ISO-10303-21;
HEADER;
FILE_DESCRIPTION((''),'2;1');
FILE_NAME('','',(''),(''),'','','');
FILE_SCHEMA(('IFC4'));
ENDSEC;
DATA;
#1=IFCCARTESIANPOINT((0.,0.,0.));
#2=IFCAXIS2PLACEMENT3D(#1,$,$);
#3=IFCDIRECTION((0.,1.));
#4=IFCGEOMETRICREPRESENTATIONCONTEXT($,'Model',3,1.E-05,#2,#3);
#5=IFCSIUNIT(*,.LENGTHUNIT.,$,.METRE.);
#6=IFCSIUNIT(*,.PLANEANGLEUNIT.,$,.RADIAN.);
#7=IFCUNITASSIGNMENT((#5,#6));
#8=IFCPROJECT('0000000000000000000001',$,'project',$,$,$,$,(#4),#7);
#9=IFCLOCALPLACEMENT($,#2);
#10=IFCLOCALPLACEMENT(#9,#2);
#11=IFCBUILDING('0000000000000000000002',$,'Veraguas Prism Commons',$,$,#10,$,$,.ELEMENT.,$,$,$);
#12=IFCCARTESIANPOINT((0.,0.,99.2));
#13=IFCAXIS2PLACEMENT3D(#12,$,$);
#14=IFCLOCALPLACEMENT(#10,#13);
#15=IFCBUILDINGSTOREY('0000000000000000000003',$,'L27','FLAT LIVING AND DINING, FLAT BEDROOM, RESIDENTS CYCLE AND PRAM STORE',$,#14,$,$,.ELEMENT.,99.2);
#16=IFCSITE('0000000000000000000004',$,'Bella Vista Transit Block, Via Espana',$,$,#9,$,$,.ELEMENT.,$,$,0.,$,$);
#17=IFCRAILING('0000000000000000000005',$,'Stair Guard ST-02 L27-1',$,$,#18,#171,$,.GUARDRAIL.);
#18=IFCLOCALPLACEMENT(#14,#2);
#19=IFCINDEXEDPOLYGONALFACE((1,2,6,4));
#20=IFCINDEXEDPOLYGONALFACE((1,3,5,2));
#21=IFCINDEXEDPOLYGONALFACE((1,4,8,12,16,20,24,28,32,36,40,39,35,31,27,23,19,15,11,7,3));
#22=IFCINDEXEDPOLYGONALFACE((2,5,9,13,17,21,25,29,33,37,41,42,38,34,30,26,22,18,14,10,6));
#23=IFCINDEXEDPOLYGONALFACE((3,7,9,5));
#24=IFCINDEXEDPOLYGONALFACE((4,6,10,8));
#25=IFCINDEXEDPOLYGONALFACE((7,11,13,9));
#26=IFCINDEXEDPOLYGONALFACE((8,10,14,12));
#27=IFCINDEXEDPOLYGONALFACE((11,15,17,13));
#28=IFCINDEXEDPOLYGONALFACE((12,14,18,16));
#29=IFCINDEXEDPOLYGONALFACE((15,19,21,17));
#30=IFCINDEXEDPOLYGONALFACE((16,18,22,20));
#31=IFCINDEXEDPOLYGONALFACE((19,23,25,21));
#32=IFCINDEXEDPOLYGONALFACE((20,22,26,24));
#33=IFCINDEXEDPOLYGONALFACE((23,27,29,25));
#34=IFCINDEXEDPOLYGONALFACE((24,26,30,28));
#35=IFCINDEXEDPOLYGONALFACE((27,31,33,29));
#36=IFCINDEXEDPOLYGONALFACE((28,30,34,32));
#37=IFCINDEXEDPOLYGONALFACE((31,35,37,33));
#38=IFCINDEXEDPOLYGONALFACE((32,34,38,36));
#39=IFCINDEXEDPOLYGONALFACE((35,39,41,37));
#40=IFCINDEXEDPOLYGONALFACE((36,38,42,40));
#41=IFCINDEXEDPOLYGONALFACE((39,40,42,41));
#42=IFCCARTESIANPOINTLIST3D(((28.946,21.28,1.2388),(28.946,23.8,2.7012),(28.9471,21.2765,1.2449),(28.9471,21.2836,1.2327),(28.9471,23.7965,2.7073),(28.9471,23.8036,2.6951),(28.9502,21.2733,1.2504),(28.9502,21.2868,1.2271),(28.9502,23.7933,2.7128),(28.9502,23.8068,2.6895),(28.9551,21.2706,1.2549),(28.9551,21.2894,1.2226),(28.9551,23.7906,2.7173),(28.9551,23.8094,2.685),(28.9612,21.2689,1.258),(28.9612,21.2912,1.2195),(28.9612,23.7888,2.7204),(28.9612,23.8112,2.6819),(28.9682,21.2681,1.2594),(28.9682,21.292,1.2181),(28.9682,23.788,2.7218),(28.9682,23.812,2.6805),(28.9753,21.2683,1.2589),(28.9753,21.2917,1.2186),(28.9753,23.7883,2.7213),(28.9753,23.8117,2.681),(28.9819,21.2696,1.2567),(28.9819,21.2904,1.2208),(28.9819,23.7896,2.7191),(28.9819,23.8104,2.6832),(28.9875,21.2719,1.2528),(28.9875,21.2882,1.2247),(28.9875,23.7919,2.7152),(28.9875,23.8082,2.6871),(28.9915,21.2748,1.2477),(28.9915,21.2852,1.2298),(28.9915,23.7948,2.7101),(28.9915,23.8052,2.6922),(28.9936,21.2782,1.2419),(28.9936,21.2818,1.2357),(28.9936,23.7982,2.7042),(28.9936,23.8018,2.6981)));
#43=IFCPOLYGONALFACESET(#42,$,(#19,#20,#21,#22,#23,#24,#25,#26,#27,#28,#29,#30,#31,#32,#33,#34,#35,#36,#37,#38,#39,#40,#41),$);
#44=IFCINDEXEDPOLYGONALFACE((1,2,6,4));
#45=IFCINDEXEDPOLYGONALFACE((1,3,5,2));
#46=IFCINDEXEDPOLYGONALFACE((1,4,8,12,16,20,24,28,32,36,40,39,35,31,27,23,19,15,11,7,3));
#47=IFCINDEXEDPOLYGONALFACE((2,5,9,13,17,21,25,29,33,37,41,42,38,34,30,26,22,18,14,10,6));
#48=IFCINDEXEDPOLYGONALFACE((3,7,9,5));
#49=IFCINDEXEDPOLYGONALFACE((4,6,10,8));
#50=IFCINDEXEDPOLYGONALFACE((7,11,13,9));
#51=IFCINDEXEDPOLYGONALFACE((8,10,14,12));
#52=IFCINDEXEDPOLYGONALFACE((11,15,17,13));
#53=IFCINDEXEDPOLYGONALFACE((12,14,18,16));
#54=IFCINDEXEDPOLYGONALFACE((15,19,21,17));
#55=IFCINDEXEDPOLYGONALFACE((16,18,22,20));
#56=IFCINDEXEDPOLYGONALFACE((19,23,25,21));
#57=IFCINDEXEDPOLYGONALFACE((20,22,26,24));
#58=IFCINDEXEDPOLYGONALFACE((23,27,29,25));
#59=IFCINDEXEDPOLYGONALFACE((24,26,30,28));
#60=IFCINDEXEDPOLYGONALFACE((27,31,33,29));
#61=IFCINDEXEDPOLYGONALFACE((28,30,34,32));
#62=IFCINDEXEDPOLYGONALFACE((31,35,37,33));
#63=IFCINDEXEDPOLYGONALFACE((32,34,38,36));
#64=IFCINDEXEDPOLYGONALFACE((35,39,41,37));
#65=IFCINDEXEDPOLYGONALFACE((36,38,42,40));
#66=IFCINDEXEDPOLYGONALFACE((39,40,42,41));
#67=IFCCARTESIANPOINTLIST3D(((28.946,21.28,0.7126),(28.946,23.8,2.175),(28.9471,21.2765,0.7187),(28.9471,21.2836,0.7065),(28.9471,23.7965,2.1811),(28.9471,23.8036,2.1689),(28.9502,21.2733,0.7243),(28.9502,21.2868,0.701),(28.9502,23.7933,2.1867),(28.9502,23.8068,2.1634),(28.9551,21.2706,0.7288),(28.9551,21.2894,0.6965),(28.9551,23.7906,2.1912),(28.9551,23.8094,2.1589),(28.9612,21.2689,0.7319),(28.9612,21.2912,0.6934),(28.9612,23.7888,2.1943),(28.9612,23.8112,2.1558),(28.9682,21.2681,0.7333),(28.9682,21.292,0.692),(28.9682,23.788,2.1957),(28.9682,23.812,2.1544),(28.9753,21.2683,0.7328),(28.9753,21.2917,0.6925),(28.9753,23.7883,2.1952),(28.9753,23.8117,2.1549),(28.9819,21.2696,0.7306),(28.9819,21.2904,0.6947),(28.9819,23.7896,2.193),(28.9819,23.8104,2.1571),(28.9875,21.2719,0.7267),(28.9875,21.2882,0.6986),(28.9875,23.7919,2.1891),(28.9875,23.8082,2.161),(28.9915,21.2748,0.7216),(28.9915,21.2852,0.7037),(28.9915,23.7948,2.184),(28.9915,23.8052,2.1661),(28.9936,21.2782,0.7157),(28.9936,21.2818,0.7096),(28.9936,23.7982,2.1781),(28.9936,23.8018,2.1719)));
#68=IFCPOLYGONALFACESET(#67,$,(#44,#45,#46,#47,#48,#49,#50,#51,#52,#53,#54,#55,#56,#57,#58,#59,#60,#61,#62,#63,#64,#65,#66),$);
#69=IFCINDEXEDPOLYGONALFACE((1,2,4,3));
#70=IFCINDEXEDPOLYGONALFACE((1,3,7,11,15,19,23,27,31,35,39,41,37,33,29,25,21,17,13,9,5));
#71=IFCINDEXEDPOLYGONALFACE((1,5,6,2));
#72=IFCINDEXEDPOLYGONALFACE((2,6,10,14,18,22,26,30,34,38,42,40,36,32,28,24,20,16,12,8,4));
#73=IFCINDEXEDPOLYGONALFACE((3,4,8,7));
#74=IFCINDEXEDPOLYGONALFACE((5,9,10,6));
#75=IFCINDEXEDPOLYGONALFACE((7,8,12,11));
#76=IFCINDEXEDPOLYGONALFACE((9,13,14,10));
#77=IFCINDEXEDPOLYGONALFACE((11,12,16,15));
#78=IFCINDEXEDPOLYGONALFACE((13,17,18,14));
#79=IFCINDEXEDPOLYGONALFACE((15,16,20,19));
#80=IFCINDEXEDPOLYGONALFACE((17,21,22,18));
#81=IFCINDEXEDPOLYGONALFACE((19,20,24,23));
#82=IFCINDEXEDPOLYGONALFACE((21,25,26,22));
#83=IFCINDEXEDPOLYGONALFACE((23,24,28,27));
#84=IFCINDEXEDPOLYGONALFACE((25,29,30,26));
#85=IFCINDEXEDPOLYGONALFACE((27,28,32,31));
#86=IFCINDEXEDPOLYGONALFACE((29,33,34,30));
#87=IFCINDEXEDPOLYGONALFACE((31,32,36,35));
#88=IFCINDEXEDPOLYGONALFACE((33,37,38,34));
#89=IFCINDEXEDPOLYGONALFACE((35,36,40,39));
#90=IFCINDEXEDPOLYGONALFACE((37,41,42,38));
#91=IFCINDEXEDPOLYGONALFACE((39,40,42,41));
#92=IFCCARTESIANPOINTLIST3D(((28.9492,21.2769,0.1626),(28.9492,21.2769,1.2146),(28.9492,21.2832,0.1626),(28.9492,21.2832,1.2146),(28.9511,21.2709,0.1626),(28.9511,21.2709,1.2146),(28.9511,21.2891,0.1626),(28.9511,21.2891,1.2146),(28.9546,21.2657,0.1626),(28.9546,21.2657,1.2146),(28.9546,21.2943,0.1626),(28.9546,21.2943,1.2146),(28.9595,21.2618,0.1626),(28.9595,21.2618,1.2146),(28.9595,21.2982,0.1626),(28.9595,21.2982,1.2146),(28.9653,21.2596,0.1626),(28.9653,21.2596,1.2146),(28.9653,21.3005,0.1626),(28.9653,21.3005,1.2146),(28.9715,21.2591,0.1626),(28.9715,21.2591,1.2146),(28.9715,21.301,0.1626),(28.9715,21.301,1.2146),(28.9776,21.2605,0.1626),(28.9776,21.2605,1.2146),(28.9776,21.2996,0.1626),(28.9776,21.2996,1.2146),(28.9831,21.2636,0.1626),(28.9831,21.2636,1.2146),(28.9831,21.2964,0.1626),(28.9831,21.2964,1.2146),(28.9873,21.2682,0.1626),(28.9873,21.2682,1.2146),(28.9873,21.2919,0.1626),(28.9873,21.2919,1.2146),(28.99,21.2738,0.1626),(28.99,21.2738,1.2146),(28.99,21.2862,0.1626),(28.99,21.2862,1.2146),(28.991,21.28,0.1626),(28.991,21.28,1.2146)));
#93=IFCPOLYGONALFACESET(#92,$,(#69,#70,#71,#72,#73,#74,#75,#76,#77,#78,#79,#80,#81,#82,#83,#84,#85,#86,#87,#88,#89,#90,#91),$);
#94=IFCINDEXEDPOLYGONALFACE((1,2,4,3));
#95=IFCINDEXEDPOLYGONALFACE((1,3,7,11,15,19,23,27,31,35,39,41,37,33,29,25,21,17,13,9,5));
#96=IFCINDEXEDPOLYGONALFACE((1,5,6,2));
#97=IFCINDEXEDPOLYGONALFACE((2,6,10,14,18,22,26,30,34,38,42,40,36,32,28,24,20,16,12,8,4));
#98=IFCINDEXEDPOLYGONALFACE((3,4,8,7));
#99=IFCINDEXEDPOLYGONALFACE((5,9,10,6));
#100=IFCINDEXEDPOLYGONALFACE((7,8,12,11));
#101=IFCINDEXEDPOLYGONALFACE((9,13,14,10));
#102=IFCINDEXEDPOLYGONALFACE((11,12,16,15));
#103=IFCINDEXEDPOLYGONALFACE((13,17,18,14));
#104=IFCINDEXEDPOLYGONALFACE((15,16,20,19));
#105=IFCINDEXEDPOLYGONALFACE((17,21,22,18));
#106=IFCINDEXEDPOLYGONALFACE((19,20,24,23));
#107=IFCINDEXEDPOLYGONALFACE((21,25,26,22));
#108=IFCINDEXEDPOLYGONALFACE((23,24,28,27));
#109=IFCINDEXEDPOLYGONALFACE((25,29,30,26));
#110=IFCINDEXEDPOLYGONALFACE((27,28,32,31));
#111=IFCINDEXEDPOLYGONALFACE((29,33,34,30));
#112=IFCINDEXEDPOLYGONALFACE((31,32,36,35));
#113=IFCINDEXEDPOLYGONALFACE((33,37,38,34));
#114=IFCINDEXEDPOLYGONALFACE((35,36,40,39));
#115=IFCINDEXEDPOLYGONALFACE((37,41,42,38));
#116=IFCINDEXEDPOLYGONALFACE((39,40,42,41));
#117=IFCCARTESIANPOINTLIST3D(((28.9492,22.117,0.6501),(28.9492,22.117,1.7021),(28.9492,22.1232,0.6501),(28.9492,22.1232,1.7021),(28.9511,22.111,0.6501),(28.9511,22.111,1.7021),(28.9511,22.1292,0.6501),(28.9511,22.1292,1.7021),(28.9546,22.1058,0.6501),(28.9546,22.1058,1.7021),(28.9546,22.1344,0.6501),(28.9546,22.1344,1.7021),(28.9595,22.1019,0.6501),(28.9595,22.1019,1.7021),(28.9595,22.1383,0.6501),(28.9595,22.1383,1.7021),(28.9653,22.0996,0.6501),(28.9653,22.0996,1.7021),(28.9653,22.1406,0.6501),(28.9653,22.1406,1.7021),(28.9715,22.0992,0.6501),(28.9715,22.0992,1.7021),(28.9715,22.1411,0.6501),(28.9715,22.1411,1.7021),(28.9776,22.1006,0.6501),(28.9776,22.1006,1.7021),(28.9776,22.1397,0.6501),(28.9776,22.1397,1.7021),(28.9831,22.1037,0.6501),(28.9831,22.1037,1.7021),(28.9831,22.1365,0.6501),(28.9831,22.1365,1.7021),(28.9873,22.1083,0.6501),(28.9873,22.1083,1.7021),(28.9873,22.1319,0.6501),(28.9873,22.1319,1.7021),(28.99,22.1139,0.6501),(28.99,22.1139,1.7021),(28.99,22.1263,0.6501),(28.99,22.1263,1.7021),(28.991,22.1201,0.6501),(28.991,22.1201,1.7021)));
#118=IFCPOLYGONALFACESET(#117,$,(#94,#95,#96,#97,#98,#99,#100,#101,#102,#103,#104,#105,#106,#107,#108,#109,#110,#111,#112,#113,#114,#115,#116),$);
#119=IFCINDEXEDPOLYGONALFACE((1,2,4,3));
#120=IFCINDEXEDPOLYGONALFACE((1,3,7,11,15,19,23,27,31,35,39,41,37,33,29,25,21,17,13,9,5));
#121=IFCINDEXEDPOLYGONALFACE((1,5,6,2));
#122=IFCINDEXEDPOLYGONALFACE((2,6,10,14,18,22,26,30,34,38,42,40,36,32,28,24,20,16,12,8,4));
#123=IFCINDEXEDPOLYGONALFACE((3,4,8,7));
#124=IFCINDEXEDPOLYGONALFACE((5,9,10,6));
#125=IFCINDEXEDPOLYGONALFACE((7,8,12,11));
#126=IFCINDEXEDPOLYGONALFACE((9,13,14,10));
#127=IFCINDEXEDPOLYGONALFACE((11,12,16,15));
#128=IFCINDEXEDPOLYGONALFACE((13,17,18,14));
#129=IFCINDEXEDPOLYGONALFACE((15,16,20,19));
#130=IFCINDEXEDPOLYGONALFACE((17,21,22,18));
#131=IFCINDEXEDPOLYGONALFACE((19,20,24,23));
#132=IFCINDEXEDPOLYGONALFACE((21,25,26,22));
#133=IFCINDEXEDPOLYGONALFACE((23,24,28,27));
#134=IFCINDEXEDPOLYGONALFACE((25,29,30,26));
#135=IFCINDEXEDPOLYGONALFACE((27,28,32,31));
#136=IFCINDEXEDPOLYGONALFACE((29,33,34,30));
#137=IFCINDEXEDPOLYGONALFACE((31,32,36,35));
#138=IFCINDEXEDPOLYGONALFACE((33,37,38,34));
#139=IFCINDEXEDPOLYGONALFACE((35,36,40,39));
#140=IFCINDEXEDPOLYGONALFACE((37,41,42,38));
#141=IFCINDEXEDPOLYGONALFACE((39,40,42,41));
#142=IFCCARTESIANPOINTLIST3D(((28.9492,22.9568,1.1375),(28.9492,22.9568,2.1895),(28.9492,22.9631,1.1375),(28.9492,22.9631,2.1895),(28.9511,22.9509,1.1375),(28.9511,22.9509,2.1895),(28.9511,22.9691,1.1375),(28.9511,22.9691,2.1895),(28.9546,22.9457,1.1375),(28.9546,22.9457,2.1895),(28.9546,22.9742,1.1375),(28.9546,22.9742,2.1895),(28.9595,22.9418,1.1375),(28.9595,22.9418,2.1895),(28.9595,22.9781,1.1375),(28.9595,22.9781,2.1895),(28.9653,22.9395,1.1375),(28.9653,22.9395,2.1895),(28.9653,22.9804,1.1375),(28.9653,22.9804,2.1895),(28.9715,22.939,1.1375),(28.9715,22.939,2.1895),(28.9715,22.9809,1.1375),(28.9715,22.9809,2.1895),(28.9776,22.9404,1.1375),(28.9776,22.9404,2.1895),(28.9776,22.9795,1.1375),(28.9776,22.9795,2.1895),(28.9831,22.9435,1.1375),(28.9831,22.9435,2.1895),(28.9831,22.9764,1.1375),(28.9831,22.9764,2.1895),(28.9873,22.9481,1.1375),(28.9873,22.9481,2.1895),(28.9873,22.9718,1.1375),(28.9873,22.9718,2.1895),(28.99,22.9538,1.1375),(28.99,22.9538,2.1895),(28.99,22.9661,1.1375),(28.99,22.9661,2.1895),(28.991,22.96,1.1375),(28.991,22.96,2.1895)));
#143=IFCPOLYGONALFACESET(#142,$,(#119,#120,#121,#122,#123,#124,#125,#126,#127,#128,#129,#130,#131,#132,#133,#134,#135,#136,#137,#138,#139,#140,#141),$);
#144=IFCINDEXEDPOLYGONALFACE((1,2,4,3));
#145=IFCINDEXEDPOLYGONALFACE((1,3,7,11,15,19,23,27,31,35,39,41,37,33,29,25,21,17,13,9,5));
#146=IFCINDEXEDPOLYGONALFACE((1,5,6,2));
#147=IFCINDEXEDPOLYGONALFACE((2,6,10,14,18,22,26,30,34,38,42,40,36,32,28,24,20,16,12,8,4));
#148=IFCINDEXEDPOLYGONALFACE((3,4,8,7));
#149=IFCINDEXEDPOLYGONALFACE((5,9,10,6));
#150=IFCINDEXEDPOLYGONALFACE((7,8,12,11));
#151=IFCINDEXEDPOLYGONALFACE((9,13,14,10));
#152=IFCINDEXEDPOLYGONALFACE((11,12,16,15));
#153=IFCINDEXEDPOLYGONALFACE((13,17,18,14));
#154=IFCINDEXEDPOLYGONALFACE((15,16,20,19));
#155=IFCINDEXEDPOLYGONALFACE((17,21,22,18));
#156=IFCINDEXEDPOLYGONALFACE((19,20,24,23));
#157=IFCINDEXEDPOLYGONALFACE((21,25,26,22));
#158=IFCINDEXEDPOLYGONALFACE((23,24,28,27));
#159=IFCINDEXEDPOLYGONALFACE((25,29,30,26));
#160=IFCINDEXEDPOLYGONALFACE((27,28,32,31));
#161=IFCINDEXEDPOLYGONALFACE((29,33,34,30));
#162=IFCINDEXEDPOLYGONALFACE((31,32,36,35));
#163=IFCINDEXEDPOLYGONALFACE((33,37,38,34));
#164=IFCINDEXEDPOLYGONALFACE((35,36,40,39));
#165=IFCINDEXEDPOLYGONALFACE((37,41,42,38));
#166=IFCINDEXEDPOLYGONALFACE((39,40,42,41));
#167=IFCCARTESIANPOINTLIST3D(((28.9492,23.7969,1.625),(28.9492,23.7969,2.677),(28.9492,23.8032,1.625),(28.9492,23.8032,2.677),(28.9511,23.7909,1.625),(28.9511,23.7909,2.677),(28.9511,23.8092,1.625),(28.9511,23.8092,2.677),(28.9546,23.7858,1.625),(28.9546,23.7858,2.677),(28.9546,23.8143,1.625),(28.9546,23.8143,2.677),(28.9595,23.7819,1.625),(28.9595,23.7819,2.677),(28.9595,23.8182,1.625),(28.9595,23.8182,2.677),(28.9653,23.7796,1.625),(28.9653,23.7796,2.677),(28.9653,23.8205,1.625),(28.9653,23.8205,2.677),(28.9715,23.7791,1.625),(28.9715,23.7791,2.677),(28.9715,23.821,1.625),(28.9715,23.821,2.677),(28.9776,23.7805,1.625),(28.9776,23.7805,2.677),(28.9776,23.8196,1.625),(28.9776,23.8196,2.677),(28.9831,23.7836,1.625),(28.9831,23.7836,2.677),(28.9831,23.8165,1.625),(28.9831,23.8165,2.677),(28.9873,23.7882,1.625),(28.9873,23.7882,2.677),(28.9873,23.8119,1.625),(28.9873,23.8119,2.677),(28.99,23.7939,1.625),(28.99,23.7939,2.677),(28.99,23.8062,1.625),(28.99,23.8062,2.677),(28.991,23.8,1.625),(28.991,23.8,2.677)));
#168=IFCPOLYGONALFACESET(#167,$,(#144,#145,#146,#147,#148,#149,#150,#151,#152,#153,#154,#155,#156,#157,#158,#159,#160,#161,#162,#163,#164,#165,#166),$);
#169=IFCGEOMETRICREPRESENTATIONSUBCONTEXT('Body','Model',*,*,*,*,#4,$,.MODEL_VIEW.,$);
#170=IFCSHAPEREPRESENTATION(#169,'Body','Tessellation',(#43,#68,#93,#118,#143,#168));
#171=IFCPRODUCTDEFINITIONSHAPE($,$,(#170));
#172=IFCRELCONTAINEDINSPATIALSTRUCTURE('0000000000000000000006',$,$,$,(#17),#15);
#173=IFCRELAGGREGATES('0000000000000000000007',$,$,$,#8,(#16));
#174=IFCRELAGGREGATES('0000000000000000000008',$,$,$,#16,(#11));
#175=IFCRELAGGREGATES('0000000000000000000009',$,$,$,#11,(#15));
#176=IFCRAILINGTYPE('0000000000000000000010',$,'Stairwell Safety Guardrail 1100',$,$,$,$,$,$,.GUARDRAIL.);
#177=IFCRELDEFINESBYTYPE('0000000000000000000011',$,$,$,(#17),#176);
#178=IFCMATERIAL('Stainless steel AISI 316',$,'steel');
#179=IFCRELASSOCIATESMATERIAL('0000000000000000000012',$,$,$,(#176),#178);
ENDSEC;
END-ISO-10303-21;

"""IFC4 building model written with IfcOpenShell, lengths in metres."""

from ifc_helpers import new_model, si_unit, direction, frame, origin, origin_2d, place, context, subcontext, project, spatial, circle, extrude, material, type_object, element, save


model = new_model("IFC4")

# Units and contexts
model_context = context("Model", 3, precision=1e-05, world=origin(), true_north=direction((0.0, 1.0)))
body_context = subcontext(model_context, "Body", "Model", "MODEL_VIEW")
ifc_project = project(units=[si_unit("LENGTHUNIT", "METRE"), si_unit("PLANEANGLEUNIT", "RADIAN")], contexts=[model_context])

# Site, building, storey
site_placement = place(None, origin())
site = spatial("IfcSite", under=ifc_project, at=site_placement, Name="Bella Vista Transit Block, Via Espana", CompositionType="ELEMENT", RefElevation=0.0)
building_placement = place(site_placement, origin())
building = spatial("IfcBuilding", under=site, at=building_placement, Name="Veraguas Prism Commons", CompositionType="ELEMENT")
storey_placement = place(building_placement, frame((0.0, 0.0, 99.2)))
storey = spatial("IfcBuildingStorey", under=building, at=storey_placement, Name="L27", Description="FLAT LIVING AND DINING, FLAT BEDROOM, RESIDENTS CYCLE AND PRAM STORE", CompositionType="ELEMENT", Elevation=99.2)

# Shared definitions
ifc_material_1 = material(Name="Stainless steel AISI 316", Category="steel")

# Railing
railing_type_1 = type_object("IfcRailingType", Name="Stairwell Safety Guardrail 1100", PredefinedType="GUARDRAIL", material=ifc_material_1)
railing_1_placement = place(storey_placement, frame((28.97, 21.28, 0.1626)))
element("IfcRailing", 1, at=railing_1_placement, inside=storey, type_object=railing_type_1, Name="Stair Guard ST-02 L27-1", PredefinedType="GUARDRAIL", context=body_context, shape_type="SweptSolid", body=[
    extrude(circle(Radius=0.0239, at=origin_2d()), frame((0.0, 0.0, 1.0762), z_axis=(0.0, 0.864913, 0.501921), x_axis=(-1.0, 0.0, 0.0)), (0.0, 0.0, 1.0), 2.9136),
    extrude(circle(Radius=0.0239, at=origin_2d()), frame((0.0, 0.0, 0.55), z_axis=(0.0, 0.864913, 0.501921), x_axis=(-1.0, 0.0, 0.0)), (0.0, 0.0, 1.0), 2.9136),
    extrude(circle(Radius=0.021, at=origin_2d()), origin(), (0.0, 0.0, 1.0), 1.052),
    extrude(circle(Radius=0.021, at=origin_2d()), frame((0.0, 0.8401, 0.4875)), (0.0, 0.0, 1.0), 1.052),
    extrude(circle(Radius=0.021, at=origin_2d()), frame((0.0, 1.6799, 0.9749)), (0.0, 0.0, 1.0), 1.052),
    extrude(circle(Radius=0.021, at=origin_2d()), frame((0.0, 2.52, 1.4624)), (0.0, 0.0, 1.0), 1.052),
])

save(model, "model.ifc")
